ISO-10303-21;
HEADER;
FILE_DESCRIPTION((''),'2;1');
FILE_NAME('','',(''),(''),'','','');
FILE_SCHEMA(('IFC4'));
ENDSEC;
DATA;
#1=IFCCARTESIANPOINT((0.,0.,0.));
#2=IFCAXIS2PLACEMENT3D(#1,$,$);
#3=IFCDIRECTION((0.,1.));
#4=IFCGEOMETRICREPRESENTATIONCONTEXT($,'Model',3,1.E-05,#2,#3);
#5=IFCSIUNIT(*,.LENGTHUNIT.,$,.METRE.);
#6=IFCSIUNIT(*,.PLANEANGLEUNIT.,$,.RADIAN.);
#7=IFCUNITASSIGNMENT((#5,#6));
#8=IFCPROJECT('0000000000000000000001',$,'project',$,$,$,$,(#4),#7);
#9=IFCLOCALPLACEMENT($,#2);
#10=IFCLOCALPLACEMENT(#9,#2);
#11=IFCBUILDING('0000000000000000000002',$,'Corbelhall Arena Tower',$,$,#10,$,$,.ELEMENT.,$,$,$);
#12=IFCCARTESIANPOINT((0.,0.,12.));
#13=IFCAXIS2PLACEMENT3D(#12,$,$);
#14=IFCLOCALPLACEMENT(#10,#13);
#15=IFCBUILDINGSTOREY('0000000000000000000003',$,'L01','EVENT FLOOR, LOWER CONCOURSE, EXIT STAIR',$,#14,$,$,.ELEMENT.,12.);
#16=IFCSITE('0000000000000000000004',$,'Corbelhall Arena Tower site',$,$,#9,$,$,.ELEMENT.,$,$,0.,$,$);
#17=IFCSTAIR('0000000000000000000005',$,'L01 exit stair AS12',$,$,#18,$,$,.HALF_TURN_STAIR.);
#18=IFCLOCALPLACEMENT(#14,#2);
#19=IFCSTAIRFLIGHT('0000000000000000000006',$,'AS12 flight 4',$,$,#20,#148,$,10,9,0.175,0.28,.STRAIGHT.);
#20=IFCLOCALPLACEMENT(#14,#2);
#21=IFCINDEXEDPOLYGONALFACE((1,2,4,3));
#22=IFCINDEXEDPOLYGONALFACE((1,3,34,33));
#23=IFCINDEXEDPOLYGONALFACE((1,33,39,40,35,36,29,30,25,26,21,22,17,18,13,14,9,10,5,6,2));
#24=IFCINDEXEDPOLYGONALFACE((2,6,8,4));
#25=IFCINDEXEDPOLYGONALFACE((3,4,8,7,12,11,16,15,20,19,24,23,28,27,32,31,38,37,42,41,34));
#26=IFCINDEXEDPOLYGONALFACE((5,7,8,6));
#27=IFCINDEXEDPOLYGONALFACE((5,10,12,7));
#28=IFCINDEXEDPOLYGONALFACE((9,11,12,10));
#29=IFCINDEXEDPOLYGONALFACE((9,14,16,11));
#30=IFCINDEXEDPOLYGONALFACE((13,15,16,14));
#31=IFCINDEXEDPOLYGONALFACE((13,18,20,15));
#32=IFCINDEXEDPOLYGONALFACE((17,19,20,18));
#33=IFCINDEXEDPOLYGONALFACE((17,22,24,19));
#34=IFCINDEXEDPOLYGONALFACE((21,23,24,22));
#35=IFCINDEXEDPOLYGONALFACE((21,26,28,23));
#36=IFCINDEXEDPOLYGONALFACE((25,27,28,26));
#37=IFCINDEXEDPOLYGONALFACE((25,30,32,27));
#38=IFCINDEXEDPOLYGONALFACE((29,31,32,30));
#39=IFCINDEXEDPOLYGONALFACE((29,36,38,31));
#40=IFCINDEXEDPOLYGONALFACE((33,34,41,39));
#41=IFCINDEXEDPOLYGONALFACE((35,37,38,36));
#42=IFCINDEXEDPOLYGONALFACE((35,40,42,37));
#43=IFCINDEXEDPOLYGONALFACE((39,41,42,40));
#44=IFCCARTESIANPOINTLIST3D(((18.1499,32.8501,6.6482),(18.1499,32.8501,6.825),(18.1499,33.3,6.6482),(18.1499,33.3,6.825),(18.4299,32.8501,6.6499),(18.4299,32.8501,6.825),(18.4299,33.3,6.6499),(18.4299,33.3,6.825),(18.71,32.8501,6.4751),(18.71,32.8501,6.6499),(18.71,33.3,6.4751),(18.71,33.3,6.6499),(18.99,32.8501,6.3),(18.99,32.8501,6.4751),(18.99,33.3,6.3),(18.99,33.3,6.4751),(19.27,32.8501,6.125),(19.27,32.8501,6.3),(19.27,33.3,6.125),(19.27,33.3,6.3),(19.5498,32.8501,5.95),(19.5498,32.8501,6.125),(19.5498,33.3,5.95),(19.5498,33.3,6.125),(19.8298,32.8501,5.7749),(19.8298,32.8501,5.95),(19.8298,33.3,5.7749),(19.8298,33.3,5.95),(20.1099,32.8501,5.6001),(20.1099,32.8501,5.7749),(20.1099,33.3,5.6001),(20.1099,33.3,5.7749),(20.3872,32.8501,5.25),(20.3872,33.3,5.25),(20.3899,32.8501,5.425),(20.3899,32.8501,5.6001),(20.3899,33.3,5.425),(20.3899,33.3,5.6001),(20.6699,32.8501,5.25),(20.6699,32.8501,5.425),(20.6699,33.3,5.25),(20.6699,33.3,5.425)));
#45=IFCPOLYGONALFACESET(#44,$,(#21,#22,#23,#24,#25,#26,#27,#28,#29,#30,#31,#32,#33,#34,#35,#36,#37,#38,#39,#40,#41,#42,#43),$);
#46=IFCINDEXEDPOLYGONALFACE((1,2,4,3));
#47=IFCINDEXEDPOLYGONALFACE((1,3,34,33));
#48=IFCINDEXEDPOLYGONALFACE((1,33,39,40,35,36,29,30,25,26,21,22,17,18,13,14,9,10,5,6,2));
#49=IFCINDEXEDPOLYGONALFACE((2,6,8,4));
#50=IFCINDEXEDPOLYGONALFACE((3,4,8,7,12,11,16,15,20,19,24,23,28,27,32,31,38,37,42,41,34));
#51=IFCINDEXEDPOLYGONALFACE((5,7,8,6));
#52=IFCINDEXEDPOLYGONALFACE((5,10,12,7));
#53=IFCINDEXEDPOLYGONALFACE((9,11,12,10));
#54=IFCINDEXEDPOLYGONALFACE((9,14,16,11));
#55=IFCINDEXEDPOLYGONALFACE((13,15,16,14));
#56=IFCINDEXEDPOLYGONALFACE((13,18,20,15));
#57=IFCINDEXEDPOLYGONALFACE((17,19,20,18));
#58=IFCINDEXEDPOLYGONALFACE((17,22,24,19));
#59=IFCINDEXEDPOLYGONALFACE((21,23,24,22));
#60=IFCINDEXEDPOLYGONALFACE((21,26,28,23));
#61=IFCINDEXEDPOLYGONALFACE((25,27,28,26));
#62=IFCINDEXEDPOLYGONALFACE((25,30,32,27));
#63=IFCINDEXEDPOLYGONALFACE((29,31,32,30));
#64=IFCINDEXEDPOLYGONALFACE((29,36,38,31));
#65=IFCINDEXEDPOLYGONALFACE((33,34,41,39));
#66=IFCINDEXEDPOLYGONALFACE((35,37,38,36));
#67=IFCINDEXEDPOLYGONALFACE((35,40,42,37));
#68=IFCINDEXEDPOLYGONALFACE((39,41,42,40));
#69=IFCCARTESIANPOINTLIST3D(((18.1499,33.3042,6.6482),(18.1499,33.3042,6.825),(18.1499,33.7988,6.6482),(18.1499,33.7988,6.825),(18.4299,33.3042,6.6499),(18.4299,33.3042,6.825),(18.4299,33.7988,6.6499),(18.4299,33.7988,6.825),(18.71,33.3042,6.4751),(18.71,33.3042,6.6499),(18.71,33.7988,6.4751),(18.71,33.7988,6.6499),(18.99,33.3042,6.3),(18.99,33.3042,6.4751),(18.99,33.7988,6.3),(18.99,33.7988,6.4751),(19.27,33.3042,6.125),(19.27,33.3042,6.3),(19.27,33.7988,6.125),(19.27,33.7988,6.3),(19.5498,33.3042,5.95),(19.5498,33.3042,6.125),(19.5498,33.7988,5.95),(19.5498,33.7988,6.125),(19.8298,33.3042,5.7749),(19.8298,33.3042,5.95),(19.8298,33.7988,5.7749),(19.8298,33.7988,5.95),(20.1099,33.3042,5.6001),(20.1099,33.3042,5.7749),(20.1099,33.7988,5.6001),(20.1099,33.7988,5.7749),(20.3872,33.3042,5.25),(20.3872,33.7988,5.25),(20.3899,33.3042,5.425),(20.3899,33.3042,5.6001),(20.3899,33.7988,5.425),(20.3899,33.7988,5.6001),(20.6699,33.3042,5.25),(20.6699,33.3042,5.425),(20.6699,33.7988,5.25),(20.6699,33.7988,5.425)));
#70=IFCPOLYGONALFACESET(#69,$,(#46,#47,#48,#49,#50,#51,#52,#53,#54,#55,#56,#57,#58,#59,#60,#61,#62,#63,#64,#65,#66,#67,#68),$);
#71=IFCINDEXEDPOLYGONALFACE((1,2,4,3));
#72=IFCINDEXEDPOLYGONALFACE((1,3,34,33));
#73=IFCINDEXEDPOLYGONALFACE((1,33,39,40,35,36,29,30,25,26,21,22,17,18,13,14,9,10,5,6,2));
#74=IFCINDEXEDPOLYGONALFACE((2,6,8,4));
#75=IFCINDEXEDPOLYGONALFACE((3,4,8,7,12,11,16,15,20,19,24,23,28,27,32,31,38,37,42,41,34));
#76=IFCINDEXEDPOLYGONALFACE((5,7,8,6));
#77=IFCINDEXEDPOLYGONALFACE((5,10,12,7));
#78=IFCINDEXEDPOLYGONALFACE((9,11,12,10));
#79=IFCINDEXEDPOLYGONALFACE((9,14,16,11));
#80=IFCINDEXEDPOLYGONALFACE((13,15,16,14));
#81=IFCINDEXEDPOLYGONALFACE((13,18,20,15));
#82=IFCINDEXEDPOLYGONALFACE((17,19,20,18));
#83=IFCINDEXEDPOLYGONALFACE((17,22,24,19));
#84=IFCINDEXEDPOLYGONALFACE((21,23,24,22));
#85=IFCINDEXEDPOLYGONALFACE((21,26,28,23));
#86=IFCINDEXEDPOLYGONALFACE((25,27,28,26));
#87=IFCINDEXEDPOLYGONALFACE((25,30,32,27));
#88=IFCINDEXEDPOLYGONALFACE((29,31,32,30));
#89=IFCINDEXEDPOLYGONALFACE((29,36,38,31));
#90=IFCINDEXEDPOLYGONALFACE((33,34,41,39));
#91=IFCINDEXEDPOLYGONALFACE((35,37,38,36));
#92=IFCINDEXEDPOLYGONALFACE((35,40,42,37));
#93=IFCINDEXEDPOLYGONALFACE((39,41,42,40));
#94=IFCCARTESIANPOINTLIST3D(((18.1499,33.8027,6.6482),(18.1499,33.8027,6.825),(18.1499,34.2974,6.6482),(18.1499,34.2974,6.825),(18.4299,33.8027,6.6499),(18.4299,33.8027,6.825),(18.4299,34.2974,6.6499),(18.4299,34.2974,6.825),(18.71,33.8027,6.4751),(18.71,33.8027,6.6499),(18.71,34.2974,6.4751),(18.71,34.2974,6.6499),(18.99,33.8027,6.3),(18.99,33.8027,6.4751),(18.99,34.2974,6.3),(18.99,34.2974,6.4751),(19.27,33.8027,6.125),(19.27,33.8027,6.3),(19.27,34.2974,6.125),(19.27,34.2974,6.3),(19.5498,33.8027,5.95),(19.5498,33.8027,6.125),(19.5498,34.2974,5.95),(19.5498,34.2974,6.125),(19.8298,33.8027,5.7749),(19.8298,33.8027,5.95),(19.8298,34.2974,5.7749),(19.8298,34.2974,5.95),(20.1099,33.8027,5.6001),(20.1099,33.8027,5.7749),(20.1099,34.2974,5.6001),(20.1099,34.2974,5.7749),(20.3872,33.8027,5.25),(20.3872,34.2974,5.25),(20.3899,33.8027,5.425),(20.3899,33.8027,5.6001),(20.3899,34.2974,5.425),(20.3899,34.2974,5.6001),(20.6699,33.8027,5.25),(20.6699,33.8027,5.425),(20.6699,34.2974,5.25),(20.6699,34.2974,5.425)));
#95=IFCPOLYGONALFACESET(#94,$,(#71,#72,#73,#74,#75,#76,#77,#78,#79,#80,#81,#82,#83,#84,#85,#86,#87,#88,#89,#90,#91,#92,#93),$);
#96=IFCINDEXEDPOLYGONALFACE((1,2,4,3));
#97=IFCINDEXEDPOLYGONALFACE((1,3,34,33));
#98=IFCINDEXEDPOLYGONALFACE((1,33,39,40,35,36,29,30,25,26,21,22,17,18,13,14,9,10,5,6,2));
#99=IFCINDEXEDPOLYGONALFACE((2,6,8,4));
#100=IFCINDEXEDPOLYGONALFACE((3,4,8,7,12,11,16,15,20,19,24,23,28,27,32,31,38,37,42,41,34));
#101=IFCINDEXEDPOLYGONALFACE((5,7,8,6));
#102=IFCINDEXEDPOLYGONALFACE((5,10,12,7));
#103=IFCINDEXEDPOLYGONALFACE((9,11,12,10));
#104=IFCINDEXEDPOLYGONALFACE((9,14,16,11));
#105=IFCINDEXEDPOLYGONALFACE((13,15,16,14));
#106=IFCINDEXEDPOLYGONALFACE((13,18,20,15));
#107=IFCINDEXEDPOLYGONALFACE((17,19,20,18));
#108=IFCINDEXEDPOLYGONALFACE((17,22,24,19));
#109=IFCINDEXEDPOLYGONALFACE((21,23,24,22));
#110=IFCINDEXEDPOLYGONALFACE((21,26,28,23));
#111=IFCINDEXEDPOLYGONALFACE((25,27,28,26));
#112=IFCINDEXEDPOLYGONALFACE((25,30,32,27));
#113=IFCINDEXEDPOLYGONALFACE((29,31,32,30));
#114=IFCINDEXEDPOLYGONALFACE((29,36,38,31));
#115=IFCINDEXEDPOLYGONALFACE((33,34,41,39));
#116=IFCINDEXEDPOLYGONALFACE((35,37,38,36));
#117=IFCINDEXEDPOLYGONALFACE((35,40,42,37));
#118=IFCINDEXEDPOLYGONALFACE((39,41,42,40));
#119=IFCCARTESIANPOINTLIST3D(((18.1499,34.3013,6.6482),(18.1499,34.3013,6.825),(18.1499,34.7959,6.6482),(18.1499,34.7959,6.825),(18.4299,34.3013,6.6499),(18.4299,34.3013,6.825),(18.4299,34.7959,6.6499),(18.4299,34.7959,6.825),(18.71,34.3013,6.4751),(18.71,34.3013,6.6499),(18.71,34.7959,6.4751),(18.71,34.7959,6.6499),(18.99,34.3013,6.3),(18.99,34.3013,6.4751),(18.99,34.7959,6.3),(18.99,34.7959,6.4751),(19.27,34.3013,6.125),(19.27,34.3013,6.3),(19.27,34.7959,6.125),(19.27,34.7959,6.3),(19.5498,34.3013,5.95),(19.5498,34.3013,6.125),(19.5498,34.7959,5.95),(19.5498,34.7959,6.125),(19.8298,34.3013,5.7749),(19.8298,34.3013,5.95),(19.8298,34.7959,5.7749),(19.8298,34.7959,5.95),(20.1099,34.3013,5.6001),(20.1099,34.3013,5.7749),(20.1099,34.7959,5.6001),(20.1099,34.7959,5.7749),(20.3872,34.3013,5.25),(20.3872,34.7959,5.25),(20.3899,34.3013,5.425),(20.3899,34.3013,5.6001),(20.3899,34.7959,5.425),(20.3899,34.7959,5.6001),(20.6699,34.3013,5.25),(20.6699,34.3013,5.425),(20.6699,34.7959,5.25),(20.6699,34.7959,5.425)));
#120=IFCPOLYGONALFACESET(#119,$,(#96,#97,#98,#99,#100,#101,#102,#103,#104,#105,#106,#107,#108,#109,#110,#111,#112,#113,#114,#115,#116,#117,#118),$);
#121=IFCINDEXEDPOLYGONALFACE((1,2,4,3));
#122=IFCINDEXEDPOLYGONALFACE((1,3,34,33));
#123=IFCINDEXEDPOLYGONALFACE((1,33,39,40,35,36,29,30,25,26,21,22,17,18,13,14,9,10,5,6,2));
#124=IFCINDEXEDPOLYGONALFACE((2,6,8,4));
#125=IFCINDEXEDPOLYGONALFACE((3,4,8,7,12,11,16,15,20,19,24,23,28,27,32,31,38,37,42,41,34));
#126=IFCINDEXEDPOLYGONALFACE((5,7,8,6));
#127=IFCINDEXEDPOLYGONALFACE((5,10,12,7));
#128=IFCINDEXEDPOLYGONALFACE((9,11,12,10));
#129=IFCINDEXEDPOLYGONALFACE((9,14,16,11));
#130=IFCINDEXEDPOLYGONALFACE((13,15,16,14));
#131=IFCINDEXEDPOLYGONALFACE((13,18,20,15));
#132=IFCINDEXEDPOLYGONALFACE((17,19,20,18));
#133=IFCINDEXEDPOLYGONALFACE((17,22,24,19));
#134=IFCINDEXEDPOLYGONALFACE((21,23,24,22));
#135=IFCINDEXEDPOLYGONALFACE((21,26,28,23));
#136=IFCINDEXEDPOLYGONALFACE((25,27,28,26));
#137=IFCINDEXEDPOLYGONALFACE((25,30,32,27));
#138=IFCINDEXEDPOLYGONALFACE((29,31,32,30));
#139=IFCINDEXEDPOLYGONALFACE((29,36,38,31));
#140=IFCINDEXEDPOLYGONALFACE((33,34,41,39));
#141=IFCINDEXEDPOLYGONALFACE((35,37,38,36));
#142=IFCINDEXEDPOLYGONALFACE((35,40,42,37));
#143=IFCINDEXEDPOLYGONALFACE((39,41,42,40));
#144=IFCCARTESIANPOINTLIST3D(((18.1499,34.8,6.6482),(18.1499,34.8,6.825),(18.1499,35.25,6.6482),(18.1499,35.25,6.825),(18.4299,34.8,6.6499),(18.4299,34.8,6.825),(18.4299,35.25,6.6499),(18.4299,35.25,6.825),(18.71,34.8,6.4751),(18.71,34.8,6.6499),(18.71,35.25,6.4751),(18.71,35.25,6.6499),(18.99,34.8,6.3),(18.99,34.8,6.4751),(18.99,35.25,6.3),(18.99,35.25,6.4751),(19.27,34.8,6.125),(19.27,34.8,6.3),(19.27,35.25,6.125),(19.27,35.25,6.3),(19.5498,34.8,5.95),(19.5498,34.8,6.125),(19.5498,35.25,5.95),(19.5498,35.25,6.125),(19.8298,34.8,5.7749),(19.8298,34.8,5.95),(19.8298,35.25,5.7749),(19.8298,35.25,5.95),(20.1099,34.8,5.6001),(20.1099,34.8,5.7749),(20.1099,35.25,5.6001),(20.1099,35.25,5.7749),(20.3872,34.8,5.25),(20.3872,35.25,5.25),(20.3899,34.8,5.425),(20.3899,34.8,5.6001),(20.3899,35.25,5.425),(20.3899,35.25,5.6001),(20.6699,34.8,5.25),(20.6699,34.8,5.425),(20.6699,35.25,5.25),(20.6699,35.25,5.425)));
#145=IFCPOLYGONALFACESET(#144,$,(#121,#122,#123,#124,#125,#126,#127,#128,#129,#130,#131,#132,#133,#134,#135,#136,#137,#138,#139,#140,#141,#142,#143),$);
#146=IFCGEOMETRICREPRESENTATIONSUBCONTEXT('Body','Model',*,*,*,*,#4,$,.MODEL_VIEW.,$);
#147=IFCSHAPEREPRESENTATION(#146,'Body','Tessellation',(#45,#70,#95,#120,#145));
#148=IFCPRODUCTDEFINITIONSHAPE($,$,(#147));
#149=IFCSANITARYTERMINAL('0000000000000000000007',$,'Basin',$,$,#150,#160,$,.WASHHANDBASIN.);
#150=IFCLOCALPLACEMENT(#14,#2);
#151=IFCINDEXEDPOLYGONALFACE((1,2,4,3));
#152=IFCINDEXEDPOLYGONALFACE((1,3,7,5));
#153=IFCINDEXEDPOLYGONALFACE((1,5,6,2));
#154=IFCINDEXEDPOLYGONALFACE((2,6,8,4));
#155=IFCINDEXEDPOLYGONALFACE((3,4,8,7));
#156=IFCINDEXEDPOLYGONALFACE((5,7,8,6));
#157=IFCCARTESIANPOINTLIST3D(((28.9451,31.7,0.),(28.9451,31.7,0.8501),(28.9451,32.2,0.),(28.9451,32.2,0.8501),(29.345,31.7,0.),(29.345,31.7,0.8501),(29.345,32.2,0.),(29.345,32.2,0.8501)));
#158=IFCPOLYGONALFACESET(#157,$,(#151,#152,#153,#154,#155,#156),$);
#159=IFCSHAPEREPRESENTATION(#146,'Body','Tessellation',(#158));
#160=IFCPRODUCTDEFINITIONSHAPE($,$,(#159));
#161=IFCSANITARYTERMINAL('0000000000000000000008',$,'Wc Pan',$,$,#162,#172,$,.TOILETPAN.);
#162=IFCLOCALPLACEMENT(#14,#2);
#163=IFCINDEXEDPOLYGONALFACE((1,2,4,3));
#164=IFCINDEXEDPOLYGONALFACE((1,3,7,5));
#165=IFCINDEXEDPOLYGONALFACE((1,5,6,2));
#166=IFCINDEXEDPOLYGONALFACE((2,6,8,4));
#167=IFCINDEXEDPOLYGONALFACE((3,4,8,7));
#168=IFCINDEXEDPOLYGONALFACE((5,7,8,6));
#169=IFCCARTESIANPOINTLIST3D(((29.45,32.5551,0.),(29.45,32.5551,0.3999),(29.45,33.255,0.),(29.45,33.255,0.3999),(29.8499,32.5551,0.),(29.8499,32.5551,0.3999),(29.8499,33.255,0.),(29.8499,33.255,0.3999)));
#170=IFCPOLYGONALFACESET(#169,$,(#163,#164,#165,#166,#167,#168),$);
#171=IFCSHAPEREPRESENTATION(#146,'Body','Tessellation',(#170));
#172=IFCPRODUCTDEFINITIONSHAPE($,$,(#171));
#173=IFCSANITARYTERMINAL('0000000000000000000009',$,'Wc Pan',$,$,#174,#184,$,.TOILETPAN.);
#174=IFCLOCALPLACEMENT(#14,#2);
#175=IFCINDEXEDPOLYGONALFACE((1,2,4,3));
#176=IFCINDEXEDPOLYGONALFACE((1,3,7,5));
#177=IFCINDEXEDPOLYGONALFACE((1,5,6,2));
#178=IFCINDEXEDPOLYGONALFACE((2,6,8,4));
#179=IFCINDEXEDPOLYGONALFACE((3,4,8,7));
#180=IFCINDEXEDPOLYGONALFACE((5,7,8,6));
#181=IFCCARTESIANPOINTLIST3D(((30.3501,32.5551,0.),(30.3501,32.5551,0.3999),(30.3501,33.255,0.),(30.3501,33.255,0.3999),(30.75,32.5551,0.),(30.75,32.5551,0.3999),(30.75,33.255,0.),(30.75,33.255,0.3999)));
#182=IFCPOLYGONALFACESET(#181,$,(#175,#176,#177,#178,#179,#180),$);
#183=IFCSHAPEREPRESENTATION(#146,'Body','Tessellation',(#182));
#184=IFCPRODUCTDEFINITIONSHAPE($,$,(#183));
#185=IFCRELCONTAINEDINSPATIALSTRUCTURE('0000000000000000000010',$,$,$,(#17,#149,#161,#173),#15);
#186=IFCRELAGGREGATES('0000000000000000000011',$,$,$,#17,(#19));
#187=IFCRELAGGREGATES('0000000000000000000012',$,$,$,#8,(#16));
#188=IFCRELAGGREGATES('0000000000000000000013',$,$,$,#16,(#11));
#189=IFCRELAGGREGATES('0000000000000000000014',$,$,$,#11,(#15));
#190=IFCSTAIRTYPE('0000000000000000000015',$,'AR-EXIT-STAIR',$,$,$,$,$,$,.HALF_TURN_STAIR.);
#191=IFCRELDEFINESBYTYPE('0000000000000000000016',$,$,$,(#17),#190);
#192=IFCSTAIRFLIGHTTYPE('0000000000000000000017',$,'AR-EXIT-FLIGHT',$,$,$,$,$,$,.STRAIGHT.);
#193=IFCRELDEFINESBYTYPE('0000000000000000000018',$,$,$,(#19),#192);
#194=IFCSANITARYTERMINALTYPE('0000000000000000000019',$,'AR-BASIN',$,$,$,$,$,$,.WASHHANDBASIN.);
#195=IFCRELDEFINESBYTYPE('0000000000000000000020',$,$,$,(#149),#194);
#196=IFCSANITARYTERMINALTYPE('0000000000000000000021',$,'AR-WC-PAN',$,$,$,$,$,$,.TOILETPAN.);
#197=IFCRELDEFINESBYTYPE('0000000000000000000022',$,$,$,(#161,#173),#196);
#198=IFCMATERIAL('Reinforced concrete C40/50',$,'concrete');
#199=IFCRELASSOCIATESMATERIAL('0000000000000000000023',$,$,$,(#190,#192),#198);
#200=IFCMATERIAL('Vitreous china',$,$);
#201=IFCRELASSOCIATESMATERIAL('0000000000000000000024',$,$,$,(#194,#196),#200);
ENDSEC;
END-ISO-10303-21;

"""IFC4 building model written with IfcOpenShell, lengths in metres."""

from ifc_helpers import new_model, si_unit, direction, frame, origin, origin_2d, place, context, subcontext, project, spatial, polyline, rectangle, outline, extrude, material, type_object, element, aggregate, save


model = new_model("IFC4")

# Units and contexts
model_context = context("Model", 3, precision=1e-05, world=origin(), true_north=direction((0.0, 1.0)))
body_context = subcontext(model_context, "Body", "Model", "MODEL_VIEW")
ifc_project = project(units=[si_unit("LENGTHUNIT", "METRE"), si_unit("PLANEANGLEUNIT", "RADIAN")], contexts=[model_context])

# Site, building, storey
site_placement = place(None, origin())
site = spatial("IfcSite", under=ifc_project, at=site_placement, Name="Corbelhall Arena Tower site", CompositionType="ELEMENT", RefElevation=0.0)
building_placement = place(site_placement, origin())
building = spatial("IfcBuilding", under=site, at=building_placement, Name="Corbelhall Arena Tower", CompositionType="ELEMENT")
storey_placement = place(building_placement, frame((0.0, 0.0, 12.0)))
storey = spatial("IfcBuildingStorey", under=building, at=storey_placement, Name="L01", Description="EVENT FLOOR, LOWER CONCOURSE, EXIT STAIR", CompositionType="ELEMENT", Elevation=12.0)

# Stair, stair flight
ifc_material_1 = material(Name="Reinforced concrete C40/50", Category="concrete")
stair_type = type_object("IfcStairType", Name="AR-EXIT-STAIR", PredefinedType="HALF_TURN_STAIR", material=ifc_material_1)
stair_placement = place(storey_placement, origin())
stair = element("IfcStair", 1, at=stair_placement, inside=storey, type_object=stair_type, Name="L01 exit stair AS12", PredefinedType="HALF_TURN_STAIR")
stair_flight_type = type_object("IfcStairFlightType", Name="AR-EXIT-FLIGHT", PredefinedType="STRAIGHT", material=ifc_material_1)
stair_flight_1_placement = place(storey_placement, frame((20.6699, 34.05, 5.25), z_axis=(0.0, 0.0, 1.0), x_axis=(-1.0, 0.0, 0.0)))
stair_flight_1 = element("IfcStairFlight", 2, at=stair_flight_1_placement, type_object=stair_flight_type, Name="AS12 flight 4", NumberOfRisers=10, NumberOfTreads=9, PredefinedType="STRAIGHT", RiserHeight=0.175, TreadLength=0.28, context=body_context, shape_type="SweptSolid", body=[
    extrude(outline(polyline([(0.0, 0.0), (0.0, 0.175), (0.28, 0.175), (0.28, 0.3501), (0.5601, 0.3501), (0.5601, 0.5249), (0.8401, 0.5249), (0.8401, 0.7), (1.1201, 0.7), (1.1201, 0.875), (1.3999, 0.875), (1.3999, 1.05), (1.6799, 1.05), (1.6799, 1.2251), (1.96, 1.2251), (1.96, 1.3999), (2.24, 1.3999), (2.24, 1.575), (2.52, 1.575), (2.52, 1.75), (2.52, 1.3982), (0.2827, 0.0), (0.0, 0.0)])), frame((0.0, 1.2, 0.0), z_axis=(0.0, -1.0, 0.0), x_axis=(1.0, 0.0, 0.0)), (0.0, 0.0, 1.0), 0.45),
    extrude(outline(polyline([(0.0, 0.0), (0.0, 0.175), (0.28, 0.175), (0.28, 0.3501), (0.5601, 0.3501), (0.5601, 0.5249), (0.8401, 0.5249), (0.8401, 0.7), (1.1201, 0.7), (1.1201, 0.875), (1.3999, 0.875), (1.3999, 1.05), (1.6799, 1.05), (1.6799, 1.2251), (1.96, 1.2251), (1.96, 1.3999), (2.24, 1.3999), (2.24, 1.575), (2.52, 1.575), (2.52, 1.75), (2.52, 1.3982), (0.2827, 0.0), (0.0, 0.0)])), frame((0.0, 0.7458, 0.0), z_axis=(0.0, -1.0, 0.0), x_axis=(1.0, 0.0, 0.0)), (0.0, 0.0, 1.0), 0.4946),
    extrude(outline(polyline([(0.0, 0.0), (0.0, 0.175), (0.28, 0.175), (0.28, 0.3501), (0.5601, 0.3501), (0.5601, 0.5249), (0.8401, 0.5249), (0.8401, 0.7), (1.1201, 0.7), (1.1201, 0.875), (1.3999, 0.875), (1.3999, 1.05), (1.6799, 1.05), (1.6799, 1.2251), (1.96, 1.2251), (1.96, 1.3999), (2.24, 1.3999), (2.24, 1.575), (2.52, 1.575), (2.52, 1.75), (2.52, 1.3982), (0.2827, 0.0), (0.0, 0.0)])), frame((0.0, 0.2473, 0.0), z_axis=(0.0, -1.0, 0.0), x_axis=(1.0, 0.0, 0.0)), (0.0, 0.0, 1.0), 0.4946),
    extrude(outline(polyline([(0.0, 0.0), (0.0, 0.175), (0.28, 0.175), (0.28, 0.3501), (0.5601, 0.3501), (0.5601, 0.5249), (0.8401, 0.5249), (0.8401, 0.7), (1.1201, 0.7), (1.1201, 0.875), (1.3999, 0.875), (1.3999, 1.05), (1.6799, 1.05), (1.6799, 1.2251), (1.96, 1.2251), (1.96, 1.3999), (2.24, 1.3999), (2.24, 1.575), (2.52, 1.575), (2.52, 1.75), (2.52, 1.3982), (0.2827, 0.0), (0.0, 0.0)])), frame((0.0, -0.2512, 0.0), z_axis=(0.0, -1.0, 0.0), x_axis=(1.0, 0.0, 0.0)), (0.0, 0.0, 1.0), 0.4946),
    extrude(outline(polyline([(0.0, 0.0), (0.0, 0.175), (0.28, 0.175), (0.28, 0.3501), (0.5601, 0.3501), (0.5601, 0.5249), (0.8401, 0.5249), (0.8401, 0.7), (1.1201, 0.7), (1.1201, 0.875), (1.3999, 0.875), (1.3999, 1.05), (1.6799, 1.05), (1.6799, 1.2251), (1.96, 1.2251), (1.96, 1.3999), (2.24, 1.3999), (2.24, 1.575), (2.52, 1.575), (2.52, 1.75), (2.52, 1.3982), (0.2827, 0.0), (0.0, 0.0)])), frame((0.0, -0.75, 0.0), z_axis=(0.0, -1.0, 0.0), x_axis=(1.0, 0.0, 0.0)), (0.0, 0.0, 1.0), 0.45),
])
aggregate(stair, [stair_flight_1])

# Sanitary terminals
ifc_material_2 = material(Name="Vitreous china")
sanitary_terminal_type_1 = type_object("IfcSanitaryTerminalType", Name="AR-BASIN", PredefinedType="WASHHANDBASIN", material=ifc_material_2)
sanitary_terminal_placement = place(storey_placement, frame((29.145, 31.95, 0.0), z_axis=(0.0, 0.0, 1.0), x_axis=(1.0, 0.0, 0.0)))
element("IfcSanitaryTerminal", 3, at=sanitary_terminal_placement, inside=storey, type_object=sanitary_terminal_type_1, Name="Basin", PredefinedType="WASHHANDBASIN", context=body_context, shape_type="SweptSolid", body=[
    extrude(rectangle(XDim=0.3999, YDim=0.5, at=origin_2d()), origin(), (0.0, 0.0, 1.0), 0.8501),
])
sanitary_terminal_type_2 = type_object("IfcSanitaryTerminalType", Name="AR-WC-PAN", PredefinedType="TOILETPAN", material=ifc_material_2)
for number, where, z_axis, x_axis, name in (
    (4, (29.6499, 32.905, 0.0), (0.0, 0.0, 1.0), (1.0, 0.0, 0.0), "Wc Pan"),
    (5, (30.55, 32.905, 0.0), (0.0, 0.0, 1.0), (1.0, 0.0, 0.0), "Wc Pan"),
):
    element("IfcSanitaryTerminal", number, at=place(storey_placement, frame(where, z_axis=z_axis, x_axis=x_axis)), inside=storey, type_object=sanitary_terminal_type_2, Name=name, PredefinedType="TOILETPAN", context=body_context, shape_type="SweptSolid", body=[
        extrude(rectangle(XDim=0.3999, YDim=0.7, at=origin_2d()), origin(), (0.0, 0.0, 1.0), 0.3999),
    ])

save(model, "model.ifc")
